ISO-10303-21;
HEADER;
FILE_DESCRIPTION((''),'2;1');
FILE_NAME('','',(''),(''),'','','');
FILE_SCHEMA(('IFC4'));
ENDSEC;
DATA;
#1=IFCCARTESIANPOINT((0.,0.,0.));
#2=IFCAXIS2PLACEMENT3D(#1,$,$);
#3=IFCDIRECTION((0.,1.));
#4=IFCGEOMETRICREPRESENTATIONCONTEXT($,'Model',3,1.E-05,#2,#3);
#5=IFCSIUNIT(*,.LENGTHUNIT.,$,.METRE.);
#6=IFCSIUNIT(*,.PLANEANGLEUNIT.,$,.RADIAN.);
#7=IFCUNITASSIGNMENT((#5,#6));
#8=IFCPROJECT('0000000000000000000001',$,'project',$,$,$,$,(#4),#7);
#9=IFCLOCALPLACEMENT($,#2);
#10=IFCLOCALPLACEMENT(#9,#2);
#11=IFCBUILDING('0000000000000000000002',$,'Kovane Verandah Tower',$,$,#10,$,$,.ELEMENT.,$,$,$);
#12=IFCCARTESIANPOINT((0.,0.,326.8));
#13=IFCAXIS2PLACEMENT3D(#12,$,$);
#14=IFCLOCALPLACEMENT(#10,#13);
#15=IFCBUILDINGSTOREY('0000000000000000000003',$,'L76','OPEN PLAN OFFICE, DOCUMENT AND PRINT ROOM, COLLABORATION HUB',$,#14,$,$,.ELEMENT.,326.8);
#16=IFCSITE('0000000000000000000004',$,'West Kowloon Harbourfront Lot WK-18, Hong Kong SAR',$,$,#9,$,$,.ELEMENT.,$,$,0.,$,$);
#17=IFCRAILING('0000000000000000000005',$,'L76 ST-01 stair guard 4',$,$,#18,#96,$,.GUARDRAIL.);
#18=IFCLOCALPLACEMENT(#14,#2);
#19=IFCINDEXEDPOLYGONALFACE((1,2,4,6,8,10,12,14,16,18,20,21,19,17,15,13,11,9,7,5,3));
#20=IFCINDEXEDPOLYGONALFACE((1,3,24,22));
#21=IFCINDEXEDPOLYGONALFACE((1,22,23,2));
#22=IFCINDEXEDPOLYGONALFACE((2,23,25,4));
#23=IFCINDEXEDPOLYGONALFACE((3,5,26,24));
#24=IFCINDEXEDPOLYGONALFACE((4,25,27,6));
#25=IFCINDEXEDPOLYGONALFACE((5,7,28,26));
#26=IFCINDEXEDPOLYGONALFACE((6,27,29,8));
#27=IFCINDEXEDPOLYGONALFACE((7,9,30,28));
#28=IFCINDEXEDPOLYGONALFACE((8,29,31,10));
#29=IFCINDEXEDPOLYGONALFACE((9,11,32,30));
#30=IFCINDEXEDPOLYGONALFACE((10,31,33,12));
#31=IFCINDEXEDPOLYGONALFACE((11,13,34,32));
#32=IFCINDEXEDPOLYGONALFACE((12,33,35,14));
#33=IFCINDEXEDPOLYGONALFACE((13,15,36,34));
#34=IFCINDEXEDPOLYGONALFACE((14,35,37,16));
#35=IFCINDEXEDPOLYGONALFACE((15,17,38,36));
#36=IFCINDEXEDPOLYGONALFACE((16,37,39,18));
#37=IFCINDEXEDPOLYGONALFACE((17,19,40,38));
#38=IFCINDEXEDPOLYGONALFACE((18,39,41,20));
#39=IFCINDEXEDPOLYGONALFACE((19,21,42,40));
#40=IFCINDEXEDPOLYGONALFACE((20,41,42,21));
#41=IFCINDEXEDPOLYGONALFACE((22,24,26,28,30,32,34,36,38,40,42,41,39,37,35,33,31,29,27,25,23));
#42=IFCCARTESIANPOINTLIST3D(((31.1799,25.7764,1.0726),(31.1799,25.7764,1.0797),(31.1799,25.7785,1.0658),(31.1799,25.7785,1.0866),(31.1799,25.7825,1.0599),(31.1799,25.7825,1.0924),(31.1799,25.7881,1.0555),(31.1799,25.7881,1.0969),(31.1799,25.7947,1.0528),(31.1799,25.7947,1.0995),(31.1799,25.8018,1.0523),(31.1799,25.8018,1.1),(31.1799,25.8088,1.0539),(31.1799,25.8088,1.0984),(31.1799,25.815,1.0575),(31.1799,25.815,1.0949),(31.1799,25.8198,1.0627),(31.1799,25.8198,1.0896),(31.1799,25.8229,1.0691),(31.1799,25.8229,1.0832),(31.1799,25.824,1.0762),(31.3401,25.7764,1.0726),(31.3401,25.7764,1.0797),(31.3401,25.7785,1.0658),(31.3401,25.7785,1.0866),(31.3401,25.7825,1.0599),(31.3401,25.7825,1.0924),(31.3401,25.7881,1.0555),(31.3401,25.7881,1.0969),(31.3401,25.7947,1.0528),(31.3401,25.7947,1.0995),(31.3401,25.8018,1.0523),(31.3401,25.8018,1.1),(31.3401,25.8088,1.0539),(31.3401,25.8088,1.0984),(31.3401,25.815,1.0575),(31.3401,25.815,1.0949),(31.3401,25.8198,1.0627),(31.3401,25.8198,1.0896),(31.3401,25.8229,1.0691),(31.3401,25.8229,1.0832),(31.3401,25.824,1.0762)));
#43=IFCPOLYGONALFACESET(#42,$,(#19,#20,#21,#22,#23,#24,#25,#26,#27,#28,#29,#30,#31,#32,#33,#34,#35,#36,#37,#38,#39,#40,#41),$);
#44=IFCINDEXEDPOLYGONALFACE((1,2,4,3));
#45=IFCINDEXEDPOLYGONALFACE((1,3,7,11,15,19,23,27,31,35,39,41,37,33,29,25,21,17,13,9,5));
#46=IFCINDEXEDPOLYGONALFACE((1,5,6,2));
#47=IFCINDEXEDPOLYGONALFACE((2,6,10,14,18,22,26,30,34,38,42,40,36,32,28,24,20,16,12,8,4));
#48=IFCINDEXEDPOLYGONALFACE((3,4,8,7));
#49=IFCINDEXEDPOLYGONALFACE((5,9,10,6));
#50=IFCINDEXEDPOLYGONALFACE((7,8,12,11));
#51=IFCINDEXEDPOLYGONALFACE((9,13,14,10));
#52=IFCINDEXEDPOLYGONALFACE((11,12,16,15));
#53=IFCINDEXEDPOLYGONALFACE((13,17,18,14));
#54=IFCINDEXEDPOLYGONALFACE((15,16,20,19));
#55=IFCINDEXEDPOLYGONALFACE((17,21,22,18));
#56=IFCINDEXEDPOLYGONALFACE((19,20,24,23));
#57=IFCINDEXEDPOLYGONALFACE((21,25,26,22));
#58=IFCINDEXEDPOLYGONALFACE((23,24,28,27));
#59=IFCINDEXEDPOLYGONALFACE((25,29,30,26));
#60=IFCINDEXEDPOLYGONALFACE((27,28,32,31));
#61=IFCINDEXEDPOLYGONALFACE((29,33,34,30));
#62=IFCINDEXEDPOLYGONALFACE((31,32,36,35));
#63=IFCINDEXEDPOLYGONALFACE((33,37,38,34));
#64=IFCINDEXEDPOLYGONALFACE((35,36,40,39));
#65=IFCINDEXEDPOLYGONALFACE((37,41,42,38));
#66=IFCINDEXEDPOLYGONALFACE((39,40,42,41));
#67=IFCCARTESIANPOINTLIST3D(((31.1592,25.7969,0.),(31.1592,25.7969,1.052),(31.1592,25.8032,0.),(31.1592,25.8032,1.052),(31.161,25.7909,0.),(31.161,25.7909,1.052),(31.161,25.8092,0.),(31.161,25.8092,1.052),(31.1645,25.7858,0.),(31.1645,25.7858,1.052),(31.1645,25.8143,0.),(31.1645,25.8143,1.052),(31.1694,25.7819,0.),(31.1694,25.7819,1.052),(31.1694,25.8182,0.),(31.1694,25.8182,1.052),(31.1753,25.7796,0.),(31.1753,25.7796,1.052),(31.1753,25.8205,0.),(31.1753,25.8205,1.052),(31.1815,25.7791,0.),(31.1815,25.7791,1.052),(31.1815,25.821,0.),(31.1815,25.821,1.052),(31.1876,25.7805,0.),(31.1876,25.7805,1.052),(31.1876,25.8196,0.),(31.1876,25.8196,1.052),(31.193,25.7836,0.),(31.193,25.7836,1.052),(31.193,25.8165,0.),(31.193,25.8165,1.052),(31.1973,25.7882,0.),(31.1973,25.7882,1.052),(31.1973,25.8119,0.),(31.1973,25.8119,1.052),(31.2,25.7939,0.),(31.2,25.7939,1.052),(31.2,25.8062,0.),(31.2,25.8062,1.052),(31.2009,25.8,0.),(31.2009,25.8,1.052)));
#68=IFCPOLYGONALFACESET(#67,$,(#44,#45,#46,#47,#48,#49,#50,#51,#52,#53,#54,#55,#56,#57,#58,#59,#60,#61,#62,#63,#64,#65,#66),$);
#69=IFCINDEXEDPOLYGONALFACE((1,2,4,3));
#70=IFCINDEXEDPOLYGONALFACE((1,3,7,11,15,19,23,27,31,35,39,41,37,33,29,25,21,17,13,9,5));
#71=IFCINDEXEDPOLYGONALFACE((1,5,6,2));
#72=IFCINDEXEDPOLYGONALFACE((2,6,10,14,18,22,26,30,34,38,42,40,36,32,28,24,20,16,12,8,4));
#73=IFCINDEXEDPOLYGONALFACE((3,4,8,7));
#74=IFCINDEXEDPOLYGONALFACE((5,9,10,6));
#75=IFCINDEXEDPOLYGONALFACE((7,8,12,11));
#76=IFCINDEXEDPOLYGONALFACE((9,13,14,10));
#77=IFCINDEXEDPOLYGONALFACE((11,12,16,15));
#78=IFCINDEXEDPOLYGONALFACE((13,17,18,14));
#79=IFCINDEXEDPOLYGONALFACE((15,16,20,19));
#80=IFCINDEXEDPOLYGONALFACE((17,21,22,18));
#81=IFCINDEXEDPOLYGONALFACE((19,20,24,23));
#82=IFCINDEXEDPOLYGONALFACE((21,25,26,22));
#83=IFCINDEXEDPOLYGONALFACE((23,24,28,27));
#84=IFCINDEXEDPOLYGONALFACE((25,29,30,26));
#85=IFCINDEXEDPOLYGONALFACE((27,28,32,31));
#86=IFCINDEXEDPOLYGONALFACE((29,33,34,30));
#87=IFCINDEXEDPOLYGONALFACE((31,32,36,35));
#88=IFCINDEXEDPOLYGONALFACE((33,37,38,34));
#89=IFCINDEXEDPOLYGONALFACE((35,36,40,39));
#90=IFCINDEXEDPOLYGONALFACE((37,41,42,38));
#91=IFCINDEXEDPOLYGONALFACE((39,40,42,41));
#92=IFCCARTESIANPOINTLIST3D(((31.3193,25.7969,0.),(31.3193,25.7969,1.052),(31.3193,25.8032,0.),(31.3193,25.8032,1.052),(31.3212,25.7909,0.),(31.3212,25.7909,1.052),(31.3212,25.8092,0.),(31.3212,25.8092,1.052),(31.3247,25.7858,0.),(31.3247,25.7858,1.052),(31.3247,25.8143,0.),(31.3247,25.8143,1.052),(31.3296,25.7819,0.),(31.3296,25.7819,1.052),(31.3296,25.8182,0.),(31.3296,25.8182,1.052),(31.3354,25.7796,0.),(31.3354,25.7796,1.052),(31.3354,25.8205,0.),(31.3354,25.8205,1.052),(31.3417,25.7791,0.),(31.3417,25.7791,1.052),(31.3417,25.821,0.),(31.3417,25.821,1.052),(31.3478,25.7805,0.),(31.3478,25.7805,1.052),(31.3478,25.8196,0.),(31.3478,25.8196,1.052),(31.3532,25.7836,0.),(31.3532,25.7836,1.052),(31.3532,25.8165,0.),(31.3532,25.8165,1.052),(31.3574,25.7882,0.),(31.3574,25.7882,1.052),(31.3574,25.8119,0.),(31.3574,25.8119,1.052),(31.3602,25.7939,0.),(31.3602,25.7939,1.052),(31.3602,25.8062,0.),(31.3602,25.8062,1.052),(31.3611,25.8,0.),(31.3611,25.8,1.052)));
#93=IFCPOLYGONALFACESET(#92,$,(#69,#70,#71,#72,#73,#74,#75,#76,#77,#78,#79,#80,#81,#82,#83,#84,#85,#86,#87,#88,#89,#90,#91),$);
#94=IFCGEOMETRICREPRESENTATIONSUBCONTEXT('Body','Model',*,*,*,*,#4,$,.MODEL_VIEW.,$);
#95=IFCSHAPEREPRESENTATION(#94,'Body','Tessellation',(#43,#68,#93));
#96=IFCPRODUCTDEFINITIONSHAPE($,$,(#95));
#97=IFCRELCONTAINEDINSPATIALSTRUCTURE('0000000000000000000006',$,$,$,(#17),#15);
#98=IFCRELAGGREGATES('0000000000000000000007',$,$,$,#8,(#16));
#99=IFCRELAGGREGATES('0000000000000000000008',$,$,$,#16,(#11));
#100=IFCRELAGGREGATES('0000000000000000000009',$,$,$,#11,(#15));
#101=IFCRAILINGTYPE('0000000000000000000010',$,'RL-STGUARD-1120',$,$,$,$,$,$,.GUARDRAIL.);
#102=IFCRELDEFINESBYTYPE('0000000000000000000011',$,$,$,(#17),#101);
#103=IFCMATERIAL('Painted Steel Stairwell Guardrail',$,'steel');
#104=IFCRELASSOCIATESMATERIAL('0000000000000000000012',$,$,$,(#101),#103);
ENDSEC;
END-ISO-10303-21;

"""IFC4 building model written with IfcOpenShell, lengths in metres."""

from ifc_helpers import new_model, si_unit, direction, frame, origin, origin_2d, place, context, subcontext, project, spatial, circle, extrude, material, type_object, element, save


model = new_model("IFC4")

# Units and contexts
model_context = context("Model", 3, precision=1e-05, world=origin(), true_north=direction((0.0, 1.0)))
body_context = subcontext(model_context, "Body", "Model", "MODEL_VIEW")
ifc_project = project(units=[si_unit("LENGTHUNIT", "METRE"), si_unit("PLANEANGLEUNIT", "RADIAN")], contexts=[model_context])

# Site, building, storey
site_placement = place(None, origin())
site = spatial("IfcSite", under=ifc_project, at=site_placement, Name="West Kowloon Harbourfront Lot WK-18, Hong Kong SAR", CompositionType="ELEMENT", RefElevation=0.0)
building_placement = place(site_placement, origin())
building = spatial("IfcBuilding", under=site, at=building_placement, Name="Kovane Verandah Tower", CompositionType="ELEMENT")
storey_placement = place(building_placement, frame((0.0, 0.0, 326.8)))
storey = spatial("IfcBuildingStorey", under=building, at=storey_placement, Name="L76", Description="OPEN PLAN OFFICE, DOCUMENT AND PRINT ROOM, COLLABORATION HUB", CompositionType="ELEMENT", Elevation=326.8)

# Railing
ifc_material_1 = material(Name="Painted Steel Stairwell Guardrail", Category="steel")
railing_type_1 = type_object("IfcRailingType", Name="RL-STGUARD-1120", PredefinedType="GUARDRAIL", material=ifc_material_1)
railing_1_placement = place(storey_placement, frame((31.1799, 25.8, 0.0)))
element("IfcRailing", 1, at=railing_1_placement, inside=storey, type_object=railing_type_1, Name="L76 ST-01 stair guard 4", PredefinedType="GUARDRAIL", context=body_context, shape_type="SweptSolid", body=[
    extrude(circle(Radius=0.0239, at=origin_2d()), frame((0.0, 0.0, 1.0762), z_axis=(1.0, 0.0, 0.0), x_axis=(0.0, 1.0, 0.0)), (0.0, 0.0, 1.0), 0.1602),
    extrude(circle(Radius=0.021, at=origin_2d()), origin(), (0.0, 0.0, 1.0), 1.052),
    extrude(circle(Radius=0.021, at=origin_2d()), frame((0.1602, 0.0, 0.0)), (0.0, 0.0, 1.0), 1.052),
])

save(model, "model.ifc")
